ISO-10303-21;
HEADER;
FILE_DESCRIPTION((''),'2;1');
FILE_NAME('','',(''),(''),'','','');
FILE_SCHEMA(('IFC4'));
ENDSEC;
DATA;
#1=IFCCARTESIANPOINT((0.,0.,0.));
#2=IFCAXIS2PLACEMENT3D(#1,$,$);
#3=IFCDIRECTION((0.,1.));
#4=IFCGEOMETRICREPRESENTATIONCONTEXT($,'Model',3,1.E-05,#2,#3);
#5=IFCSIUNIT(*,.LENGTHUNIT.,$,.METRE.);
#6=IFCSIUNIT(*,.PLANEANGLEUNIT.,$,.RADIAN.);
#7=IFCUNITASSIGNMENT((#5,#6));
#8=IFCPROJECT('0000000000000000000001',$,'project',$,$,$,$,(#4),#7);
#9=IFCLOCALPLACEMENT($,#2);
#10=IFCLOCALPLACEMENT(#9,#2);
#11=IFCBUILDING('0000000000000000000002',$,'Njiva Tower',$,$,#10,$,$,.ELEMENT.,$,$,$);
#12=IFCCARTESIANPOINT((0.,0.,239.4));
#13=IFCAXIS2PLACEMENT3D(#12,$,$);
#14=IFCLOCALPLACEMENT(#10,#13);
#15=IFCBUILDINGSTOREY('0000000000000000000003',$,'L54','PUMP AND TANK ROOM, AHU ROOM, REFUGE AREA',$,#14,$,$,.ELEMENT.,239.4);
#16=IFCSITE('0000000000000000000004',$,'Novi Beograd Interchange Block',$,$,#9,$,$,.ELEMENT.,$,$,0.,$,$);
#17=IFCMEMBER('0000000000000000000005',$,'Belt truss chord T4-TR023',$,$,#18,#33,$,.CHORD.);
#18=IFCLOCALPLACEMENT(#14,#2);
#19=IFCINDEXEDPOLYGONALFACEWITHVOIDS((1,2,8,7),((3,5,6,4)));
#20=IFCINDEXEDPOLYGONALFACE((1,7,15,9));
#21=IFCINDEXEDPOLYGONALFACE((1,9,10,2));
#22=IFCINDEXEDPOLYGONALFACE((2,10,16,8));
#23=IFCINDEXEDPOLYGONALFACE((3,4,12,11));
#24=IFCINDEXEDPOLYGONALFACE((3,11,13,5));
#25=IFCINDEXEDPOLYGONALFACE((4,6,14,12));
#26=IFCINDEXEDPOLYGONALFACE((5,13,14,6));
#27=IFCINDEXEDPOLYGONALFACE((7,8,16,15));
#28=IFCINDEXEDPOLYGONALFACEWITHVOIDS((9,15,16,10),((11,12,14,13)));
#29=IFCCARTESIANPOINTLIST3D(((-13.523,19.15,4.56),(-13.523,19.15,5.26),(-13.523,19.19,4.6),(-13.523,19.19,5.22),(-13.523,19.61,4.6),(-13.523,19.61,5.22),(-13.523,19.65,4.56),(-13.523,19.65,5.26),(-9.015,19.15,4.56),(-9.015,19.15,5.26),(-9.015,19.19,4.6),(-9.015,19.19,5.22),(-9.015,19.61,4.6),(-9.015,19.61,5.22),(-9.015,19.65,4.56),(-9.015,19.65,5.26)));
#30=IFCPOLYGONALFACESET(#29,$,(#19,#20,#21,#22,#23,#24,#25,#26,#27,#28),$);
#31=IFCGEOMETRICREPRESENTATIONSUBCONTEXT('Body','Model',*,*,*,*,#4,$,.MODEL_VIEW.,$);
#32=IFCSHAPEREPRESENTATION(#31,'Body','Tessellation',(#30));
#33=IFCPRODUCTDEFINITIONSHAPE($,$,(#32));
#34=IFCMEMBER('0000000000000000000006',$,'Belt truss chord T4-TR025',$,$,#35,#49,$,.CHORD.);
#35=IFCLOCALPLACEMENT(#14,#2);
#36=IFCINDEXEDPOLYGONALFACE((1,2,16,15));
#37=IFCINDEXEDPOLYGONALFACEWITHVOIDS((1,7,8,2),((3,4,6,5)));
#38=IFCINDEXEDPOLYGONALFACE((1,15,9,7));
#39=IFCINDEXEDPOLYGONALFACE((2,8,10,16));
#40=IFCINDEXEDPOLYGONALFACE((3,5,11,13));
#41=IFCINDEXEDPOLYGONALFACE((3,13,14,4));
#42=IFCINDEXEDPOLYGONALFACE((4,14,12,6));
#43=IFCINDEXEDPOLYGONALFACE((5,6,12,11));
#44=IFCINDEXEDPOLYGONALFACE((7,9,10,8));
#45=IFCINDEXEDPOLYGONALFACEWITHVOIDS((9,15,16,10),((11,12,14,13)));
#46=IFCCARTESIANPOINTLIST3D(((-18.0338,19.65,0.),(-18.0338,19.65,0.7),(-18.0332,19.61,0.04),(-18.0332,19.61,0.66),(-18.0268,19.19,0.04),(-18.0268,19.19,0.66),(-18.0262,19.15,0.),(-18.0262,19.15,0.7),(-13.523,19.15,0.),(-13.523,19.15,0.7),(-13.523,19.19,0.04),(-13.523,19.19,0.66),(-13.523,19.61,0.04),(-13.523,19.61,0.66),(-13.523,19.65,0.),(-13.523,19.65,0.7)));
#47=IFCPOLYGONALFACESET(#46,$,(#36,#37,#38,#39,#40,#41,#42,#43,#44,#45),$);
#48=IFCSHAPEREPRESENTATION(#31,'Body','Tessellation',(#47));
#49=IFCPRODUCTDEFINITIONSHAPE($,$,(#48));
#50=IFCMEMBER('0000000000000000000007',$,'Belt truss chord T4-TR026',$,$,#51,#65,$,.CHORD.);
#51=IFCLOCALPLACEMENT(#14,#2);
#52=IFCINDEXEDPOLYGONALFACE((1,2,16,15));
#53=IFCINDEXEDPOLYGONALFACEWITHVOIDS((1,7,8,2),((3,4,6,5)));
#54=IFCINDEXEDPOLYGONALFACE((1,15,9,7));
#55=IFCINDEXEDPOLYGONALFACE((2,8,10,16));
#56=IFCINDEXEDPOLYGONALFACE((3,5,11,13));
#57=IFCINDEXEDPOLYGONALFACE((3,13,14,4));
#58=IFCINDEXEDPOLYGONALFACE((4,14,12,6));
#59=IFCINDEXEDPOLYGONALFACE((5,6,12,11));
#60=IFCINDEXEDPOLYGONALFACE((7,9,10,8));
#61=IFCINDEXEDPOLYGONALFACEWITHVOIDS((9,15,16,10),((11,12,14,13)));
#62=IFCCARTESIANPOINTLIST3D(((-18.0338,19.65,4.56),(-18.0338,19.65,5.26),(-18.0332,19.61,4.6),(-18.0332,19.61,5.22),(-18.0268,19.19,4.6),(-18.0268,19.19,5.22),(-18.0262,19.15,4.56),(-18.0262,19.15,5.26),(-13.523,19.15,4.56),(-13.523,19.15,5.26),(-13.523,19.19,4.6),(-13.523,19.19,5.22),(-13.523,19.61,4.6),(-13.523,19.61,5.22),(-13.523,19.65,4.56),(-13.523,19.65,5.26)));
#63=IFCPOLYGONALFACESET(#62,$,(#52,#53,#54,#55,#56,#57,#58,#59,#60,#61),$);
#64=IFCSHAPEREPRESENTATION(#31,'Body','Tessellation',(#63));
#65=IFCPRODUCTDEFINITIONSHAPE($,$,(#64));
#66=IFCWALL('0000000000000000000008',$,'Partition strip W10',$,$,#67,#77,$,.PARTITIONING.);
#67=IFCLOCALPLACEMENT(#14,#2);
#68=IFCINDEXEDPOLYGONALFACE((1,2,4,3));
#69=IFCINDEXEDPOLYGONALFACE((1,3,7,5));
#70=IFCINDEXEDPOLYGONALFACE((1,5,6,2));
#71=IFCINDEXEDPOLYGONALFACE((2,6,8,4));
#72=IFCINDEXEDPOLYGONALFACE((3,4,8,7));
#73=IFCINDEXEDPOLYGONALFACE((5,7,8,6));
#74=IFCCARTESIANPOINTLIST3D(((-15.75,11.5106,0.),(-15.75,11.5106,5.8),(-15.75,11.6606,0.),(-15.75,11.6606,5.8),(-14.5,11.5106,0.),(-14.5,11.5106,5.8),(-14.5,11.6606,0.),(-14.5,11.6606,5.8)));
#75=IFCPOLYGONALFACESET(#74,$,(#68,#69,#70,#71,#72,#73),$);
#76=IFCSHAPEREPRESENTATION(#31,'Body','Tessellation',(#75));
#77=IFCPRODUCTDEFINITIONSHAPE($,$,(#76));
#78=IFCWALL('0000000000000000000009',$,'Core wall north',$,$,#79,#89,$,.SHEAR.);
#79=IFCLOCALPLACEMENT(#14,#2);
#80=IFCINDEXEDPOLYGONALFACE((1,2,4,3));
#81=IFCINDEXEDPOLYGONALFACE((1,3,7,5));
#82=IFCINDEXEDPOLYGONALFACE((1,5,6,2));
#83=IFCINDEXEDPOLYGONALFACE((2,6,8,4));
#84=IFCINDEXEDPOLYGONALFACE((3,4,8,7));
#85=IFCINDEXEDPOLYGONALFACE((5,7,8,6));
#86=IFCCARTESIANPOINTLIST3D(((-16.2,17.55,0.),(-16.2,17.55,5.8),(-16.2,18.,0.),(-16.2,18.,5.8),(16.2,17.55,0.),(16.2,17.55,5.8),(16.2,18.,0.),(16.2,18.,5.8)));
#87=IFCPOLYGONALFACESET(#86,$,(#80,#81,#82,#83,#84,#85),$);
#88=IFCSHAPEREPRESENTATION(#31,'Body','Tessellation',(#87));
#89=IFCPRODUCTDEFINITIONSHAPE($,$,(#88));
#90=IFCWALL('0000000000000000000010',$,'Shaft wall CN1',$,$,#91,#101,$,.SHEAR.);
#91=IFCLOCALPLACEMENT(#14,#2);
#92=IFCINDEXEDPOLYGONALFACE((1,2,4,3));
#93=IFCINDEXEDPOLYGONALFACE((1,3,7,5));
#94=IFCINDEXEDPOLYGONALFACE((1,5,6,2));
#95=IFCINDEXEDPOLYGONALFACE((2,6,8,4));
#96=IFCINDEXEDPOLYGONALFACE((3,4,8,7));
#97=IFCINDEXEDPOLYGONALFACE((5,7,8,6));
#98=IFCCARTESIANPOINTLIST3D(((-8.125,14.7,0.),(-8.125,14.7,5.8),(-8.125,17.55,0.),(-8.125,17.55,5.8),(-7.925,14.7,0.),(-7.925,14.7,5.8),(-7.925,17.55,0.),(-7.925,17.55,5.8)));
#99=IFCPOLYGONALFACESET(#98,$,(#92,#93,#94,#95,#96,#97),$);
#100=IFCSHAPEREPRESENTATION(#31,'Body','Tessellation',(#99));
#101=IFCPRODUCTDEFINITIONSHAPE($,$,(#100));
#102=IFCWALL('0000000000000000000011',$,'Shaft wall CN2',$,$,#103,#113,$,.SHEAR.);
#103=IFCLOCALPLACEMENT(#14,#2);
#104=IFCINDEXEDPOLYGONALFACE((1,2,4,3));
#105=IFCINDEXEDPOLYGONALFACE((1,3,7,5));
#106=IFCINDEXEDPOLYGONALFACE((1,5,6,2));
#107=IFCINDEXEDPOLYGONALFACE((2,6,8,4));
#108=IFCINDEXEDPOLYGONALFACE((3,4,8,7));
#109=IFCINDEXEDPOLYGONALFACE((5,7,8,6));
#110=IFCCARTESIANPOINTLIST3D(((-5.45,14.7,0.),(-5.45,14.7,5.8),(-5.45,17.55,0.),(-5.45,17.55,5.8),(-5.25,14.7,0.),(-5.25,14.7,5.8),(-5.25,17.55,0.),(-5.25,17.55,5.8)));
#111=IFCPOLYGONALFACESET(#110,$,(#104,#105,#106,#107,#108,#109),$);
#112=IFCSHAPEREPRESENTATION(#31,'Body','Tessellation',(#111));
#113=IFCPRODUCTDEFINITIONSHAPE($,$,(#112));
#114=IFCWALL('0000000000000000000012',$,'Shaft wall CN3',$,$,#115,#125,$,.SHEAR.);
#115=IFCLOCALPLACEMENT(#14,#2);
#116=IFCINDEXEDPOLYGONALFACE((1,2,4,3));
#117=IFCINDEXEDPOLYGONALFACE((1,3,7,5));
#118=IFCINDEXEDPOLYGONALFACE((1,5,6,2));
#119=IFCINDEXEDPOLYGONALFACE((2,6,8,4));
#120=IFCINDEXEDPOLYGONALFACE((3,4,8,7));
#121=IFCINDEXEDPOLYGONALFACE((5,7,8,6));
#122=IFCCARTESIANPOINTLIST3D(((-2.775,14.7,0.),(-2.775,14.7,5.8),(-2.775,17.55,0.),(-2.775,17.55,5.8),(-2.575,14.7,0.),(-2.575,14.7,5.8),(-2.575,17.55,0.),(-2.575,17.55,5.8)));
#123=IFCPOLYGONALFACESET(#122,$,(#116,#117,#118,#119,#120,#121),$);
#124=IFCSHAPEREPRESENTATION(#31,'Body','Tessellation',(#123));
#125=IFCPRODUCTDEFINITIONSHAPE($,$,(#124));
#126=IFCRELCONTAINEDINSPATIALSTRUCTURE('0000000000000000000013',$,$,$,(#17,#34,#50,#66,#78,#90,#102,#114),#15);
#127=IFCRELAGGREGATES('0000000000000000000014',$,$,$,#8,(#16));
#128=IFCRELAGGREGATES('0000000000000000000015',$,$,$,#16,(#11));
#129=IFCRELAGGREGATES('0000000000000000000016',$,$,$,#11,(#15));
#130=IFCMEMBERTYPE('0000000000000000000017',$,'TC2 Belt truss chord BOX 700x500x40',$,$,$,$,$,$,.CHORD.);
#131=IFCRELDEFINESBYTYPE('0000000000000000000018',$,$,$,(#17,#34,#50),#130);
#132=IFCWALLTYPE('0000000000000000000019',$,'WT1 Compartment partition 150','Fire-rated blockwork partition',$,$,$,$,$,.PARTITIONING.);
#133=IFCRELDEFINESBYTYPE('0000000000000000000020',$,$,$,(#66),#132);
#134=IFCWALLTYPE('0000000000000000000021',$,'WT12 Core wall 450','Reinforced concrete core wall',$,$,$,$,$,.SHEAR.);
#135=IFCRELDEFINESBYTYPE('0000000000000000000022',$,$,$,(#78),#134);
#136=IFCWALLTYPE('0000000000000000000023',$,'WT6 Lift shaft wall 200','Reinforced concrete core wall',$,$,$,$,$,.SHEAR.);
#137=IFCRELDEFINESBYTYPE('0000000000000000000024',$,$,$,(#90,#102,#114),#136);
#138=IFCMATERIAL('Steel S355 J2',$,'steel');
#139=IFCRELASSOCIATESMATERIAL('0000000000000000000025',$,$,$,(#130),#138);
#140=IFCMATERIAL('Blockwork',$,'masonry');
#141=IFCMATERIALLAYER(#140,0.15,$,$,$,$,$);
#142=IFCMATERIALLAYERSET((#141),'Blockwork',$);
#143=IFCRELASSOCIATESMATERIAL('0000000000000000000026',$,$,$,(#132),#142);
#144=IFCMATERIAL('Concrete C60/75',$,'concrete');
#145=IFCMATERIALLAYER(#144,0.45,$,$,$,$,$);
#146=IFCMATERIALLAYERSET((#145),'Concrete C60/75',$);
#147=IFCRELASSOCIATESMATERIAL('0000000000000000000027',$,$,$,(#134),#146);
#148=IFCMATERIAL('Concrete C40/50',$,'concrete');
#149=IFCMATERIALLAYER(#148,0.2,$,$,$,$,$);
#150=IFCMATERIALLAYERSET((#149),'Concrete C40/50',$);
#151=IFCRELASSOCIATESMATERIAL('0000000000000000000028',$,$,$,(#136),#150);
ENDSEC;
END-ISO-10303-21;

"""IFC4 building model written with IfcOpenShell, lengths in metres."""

from ifc_helpers import new_model, si_unit, direction, frame, frame_2d, origin, origin_2d, place, context, subcontext, project, spatial, rectangle, hollow_rectangle, extrude, clip, halfspace, material, layer, layer_set, material_profile, profile_set, type_object, element, save


model = new_model("IFC4")

# Units and contexts
model_context = context("Model", 3, precision=1e-05, world=origin(), true_north=direction((0.0, 1.0)))
body_context = subcontext(model_context, "Body", "Model", "MODEL_VIEW")
ifc_project = project(units=[si_unit("LENGTHUNIT", "METRE"), si_unit("PLANEANGLEUNIT", "RADIAN")], contexts=[model_context])

# Site, building, storey
site_placement = place(None, origin())
site = spatial("IfcSite", under=ifc_project, at=site_placement, Name="Novi Beograd Interchange Block", CompositionType="ELEMENT", RefElevation=0.0)
building_placement = place(site_placement, origin())
building = spatial("IfcBuilding", under=site, at=building_placement, Name="Njiva Tower", CompositionType="ELEMENT")
storey_placement = place(building_placement, frame((0.0, 0.0, 239.4)))
storey = spatial("IfcBuildingStorey", under=building, at=storey_placement, Name="L54", Description="PUMP AND TANK ROOM, AHU ROOM, REFUGE AREA", CompositionType="ELEMENT", Elevation=239.4)

# Shared definitions
ifc_material_1 = material(Name="Steel S355 J2", Category="steel")

# Members
ifc_material_profile_1 = material_profile(ifc_material_1, hollow_rectangle(XDim=0.5, YDim=0.7, WallThickness=0.04, at=origin_2d()), Name="BOX 700x500x40")
ifc_profile_set_1 = profile_set([ifc_material_profile_1], Name="Steel S355 J2")
member_type_1 = type_object("IfcMemberType", Name="TC2 Belt truss chord BOX 700x500x40", PredefinedType="CHORD", material=ifc_profile_set_1)
for number, where, z_axis, x_axis, name in (
    (1, (-9.015, 19.4, 4.91), (-1.0, 0.0, 0.0), (0.0, -1.0, 0.0), "Belt truss chord T4-TR023"),
):
    element("IfcMember", number, at=place(storey_placement, frame(where, z_axis=z_axis, x_axis=x_axis)), inside=storey, type_object=member_type_1, Name=name, PredefinedType="CHORD", context=body_context, shape_type="SweptSolid", body=[
        extrude(hollow_rectangle(XDim=0.5, YDim=0.7, WallThickness=0.04, at=origin_2d()), origin(), (0.0, 0.0, 1.0), 4.508),
    ])
member_1_placement = place(storey_placement, frame((-13.523, 19.4, 0.35), z_axis=(-1.0, 0.0, 0.0), x_axis=(0.0, -1.0, 0.0)))
element("IfcMember", 2, at=member_1_placement, inside=storey, type_object=member_type_1, Name="Belt truss chord T4-TR025", PredefinedType="CHORD", context=body_context, shape_type="Clipping", body=[
    clip(extrude(hollow_rectangle(XDim=0.5, YDim=0.7, WallThickness=0.04, at=origin_2d()), origin(), (0.0, 0.0, 1.0), 4.541), halfspace(frame((0.0, -239.75, 4.507), z_axis=(0.015, 0.0, 0.999887), x_axis=(0.0, 1.0, 0.0)), False)),
])
member_2_placement = place(storey_placement, frame((-13.523, 19.4, 4.91), z_axis=(-1.0, 0.0, 0.0), x_axis=(0.0, -1.0, 0.0)))
element("IfcMember", 3, at=member_2_placement, inside=storey, type_object=member_type_1, Name="Belt truss chord T4-TR026", PredefinedType="CHORD", context=body_context, shape_type="Clipping", body=[
    clip(extrude(hollow_rectangle(XDim=0.5, YDim=0.7, WallThickness=0.04, at=origin_2d()), origin(), (0.0, 0.0, 1.0), 4.541), halfspace(frame((0.0, -244.31, 4.507), z_axis=(0.015, 0.0, 0.999887), x_axis=(0.0, 1.0, 0.0)), False)),
])

# Walls
ifc_material_2 = material(Name="Blockwork", Category="masonry")
ifc_layer_1 = layer(ifc_material_2, 0.15)
ifc_layer_set_1 = layer_set([ifc_layer_1], Name="Blockwork")
wall_type_1 = type_object("IfcWallType", Name="WT1 Compartment partition 150", Description="Fire-rated blockwork partition", PredefinedType="PARTITIONING", material=ifc_layer_set_1)
wall_1_placement = place(storey_placement, frame((-15.75, 11.5856, 0.0), z_axis=(0.0, 0.0, 1.0), x_axis=(1.0, 0.0, 0.0)))
element("IfcWall", 4, at=wall_1_placement, inside=storey, type_object=wall_type_1, Name="Partition strip W10", PredefinedType="PARTITIONING", context=body_context, shape_type="SweptSolid", body=[
    extrude(rectangle(XDim=1.25, YDim=0.15, at=frame_2d((0.625, 0.0))), origin(), (0.0, 0.0, 1.0), 5.8),
])
ifc_material_3 = material(Name="Concrete C60/75", Category="concrete")
ifc_layer_2 = layer(ifc_material_3, 0.45)
ifc_layer_set_2 = layer_set([ifc_layer_2], Name="Concrete C60/75")
wall_type_2 = type_object("IfcWallType", Name="WT12 Core wall 450", Description="Reinforced concrete core wall", PredefinedType="SHEAR", material=ifc_layer_set_2)
wall_2_placement = place(storey_placement, frame((-16.2, 17.775, 0.0), z_axis=(0.0, 0.0, 1.0), x_axis=(1.0, 0.0, 0.0)))
element("IfcWall", 5, at=wall_2_placement, inside=storey, type_object=wall_type_2, Name="Core wall north", PredefinedType="SHEAR", context=body_context, shape_type="SweptSolid", body=[
    extrude(rectangle(XDim=32.4, YDim=0.45, at=frame_2d((16.2, 0.0))), origin(), (0.0, 0.0, 1.0), 5.8),
])
ifc_material_4 = material(Name="Concrete C40/50", Category="concrete")
ifc_layer_3 = layer(ifc_material_4, 0.2)
ifc_layer_set_3 = layer_set([ifc_layer_3], Name="Concrete C40/50")
wall_type_3 = type_object("IfcWallType", Name="WT6 Lift shaft wall 200", Description="Reinforced concrete core wall", PredefinedType="SHEAR", material=ifc_layer_set_3)
for number, where, z_axis, x_axis, name in (
    (6, (-8.025, 14.7, 0.0), (0.0, 0.0, 1.0), (0.0, 1.0, 0.0), "Shaft wall CN1"),
    (7, (-5.35, 14.7, 0.0), (0.0, 0.0, 1.0), (0.0, 1.0, 0.0), "Shaft wall CN2"),
    (8, (-2.675, 14.7, 0.0), (0.0, 0.0, 1.0), (0.0, 1.0, 0.0), "Shaft wall CN3"),
):
    element("IfcWall", number, at=place(storey_placement, frame(where, z_axis=z_axis, x_axis=x_axis)), inside=storey, type_object=wall_type_3, Name=name, PredefinedType="SHEAR", context=body_context, shape_type="SweptSolid", body=[
        extrude(rectangle(XDim=2.85, YDim=0.2, at=frame_2d((1.425, 0.0))), origin(), (0.0, 0.0, 1.0), 5.8),
    ])

save(model, "model.ifc")
